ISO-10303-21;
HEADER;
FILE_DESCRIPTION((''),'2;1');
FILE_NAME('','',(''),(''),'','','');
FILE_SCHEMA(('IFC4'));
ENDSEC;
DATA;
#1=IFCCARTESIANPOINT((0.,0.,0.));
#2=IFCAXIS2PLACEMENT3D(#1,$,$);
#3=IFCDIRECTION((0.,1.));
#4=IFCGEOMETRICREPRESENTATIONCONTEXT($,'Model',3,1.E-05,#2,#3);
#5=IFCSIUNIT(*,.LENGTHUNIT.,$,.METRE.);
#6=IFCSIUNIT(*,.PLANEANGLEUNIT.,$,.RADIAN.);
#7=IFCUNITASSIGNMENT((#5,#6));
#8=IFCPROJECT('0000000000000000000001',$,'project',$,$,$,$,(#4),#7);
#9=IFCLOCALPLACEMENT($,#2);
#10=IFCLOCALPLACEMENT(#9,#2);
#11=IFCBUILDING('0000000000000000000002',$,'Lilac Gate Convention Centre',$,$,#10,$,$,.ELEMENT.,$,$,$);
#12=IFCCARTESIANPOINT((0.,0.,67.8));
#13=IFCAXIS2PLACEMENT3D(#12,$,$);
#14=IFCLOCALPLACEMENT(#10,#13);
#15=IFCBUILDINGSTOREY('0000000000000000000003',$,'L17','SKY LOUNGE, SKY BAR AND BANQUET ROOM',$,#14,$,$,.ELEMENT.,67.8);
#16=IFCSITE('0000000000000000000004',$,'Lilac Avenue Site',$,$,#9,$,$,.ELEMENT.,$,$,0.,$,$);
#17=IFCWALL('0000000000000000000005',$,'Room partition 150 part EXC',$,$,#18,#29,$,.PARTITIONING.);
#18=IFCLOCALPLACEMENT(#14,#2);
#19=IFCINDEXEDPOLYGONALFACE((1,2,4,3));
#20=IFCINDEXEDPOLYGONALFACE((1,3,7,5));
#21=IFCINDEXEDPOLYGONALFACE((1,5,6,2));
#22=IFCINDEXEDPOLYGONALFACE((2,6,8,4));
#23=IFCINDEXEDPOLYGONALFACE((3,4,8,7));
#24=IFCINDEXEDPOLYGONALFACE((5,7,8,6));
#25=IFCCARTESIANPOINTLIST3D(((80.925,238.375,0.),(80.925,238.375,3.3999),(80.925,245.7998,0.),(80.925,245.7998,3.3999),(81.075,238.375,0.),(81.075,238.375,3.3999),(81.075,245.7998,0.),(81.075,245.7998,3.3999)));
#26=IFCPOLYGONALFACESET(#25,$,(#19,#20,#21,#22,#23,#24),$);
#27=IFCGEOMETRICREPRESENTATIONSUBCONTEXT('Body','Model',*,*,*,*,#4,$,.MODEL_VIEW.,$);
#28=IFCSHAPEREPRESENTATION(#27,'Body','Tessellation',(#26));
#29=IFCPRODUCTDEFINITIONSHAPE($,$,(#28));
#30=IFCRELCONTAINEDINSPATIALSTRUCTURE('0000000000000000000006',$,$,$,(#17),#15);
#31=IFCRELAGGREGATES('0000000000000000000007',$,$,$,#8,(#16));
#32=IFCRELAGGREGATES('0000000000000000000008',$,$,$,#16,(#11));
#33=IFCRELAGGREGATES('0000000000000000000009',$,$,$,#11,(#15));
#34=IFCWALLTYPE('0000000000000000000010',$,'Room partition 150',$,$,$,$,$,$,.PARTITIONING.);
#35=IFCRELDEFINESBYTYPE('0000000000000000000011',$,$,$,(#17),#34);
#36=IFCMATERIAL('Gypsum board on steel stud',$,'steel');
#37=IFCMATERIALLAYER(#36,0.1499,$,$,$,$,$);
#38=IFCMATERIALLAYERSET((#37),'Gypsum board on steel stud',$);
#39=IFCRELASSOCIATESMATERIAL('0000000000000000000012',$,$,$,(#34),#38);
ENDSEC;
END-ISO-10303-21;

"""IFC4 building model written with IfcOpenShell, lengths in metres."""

from ifc_helpers import new_model, si_unit, direction, frame, frame_2d, origin, place, context, subcontext, project, spatial, rectangle, extrude, material, layer, layer_set, type_object, element, save


model = new_model("IFC4")

# Units and contexts
model_context = context("Model", 3, precision=1e-05, world=origin(), true_north=direction((0.0, 1.0)))
body_context = subcontext(model_context, "Body", "Model", "MODEL_VIEW")
ifc_project = project(units=[si_unit("LENGTHUNIT", "METRE"), si_unit("PLANEANGLEUNIT", "RADIAN")], contexts=[model_context])

# Site, building, storey
site_placement = place(None, origin())
site = spatial("IfcSite", under=ifc_project, at=site_placement, Name="Lilac Avenue Site", CompositionType="ELEMENT", RefElevation=0.0)
building_placement = place(site_placement, origin())
building = spatial("IfcBuilding", under=site, at=building_placement, Name="Lilac Gate Convention Centre", CompositionType="ELEMENT")
storey_placement = place(building_placement, frame((0.0, 0.0, 67.8)))
storey = spatial("IfcBuildingStorey", under=building, at=storey_placement, Name="L17", Description="SKY LOUNGE, SKY BAR AND BANQUET ROOM", CompositionType="ELEMENT", Elevation=67.8)

# Shared definitions
ifc_material_1 = material(Name="Gypsum board on steel stud", Category="steel")

# Wall
ifc_layer_1 = layer(ifc_material_1, 0.1499)
ifc_layer_set_1 = layer_set([ifc_layer_1], Name="Gypsum board on steel stud")
wall_type_1 = type_object("IfcWallType", Name="Room partition 150", PredefinedType="PARTITIONING", material=ifc_layer_set_1)
wall_1_placement = place(storey_placement, frame((81.0, 245.7998, 0.0), z_axis=(0.0, 0.0, 1.0), x_axis=(0.0, -1.0, 0.0)))
element("IfcWall", 1, at=wall_1_placement, inside=storey, type_object=wall_type_1, Name="Room partition 150 part EXC", PredefinedType="PARTITIONING", context=body_context, shape_type="SweptSolid", body=[
    extrude(rectangle(XDim=7.4248, YDim=0.1499, at=frame_2d((3.7124, 0.0))), origin(), (0.0, 0.0, 1.0), 3.3999),
])

save(model, "model.ifc")
